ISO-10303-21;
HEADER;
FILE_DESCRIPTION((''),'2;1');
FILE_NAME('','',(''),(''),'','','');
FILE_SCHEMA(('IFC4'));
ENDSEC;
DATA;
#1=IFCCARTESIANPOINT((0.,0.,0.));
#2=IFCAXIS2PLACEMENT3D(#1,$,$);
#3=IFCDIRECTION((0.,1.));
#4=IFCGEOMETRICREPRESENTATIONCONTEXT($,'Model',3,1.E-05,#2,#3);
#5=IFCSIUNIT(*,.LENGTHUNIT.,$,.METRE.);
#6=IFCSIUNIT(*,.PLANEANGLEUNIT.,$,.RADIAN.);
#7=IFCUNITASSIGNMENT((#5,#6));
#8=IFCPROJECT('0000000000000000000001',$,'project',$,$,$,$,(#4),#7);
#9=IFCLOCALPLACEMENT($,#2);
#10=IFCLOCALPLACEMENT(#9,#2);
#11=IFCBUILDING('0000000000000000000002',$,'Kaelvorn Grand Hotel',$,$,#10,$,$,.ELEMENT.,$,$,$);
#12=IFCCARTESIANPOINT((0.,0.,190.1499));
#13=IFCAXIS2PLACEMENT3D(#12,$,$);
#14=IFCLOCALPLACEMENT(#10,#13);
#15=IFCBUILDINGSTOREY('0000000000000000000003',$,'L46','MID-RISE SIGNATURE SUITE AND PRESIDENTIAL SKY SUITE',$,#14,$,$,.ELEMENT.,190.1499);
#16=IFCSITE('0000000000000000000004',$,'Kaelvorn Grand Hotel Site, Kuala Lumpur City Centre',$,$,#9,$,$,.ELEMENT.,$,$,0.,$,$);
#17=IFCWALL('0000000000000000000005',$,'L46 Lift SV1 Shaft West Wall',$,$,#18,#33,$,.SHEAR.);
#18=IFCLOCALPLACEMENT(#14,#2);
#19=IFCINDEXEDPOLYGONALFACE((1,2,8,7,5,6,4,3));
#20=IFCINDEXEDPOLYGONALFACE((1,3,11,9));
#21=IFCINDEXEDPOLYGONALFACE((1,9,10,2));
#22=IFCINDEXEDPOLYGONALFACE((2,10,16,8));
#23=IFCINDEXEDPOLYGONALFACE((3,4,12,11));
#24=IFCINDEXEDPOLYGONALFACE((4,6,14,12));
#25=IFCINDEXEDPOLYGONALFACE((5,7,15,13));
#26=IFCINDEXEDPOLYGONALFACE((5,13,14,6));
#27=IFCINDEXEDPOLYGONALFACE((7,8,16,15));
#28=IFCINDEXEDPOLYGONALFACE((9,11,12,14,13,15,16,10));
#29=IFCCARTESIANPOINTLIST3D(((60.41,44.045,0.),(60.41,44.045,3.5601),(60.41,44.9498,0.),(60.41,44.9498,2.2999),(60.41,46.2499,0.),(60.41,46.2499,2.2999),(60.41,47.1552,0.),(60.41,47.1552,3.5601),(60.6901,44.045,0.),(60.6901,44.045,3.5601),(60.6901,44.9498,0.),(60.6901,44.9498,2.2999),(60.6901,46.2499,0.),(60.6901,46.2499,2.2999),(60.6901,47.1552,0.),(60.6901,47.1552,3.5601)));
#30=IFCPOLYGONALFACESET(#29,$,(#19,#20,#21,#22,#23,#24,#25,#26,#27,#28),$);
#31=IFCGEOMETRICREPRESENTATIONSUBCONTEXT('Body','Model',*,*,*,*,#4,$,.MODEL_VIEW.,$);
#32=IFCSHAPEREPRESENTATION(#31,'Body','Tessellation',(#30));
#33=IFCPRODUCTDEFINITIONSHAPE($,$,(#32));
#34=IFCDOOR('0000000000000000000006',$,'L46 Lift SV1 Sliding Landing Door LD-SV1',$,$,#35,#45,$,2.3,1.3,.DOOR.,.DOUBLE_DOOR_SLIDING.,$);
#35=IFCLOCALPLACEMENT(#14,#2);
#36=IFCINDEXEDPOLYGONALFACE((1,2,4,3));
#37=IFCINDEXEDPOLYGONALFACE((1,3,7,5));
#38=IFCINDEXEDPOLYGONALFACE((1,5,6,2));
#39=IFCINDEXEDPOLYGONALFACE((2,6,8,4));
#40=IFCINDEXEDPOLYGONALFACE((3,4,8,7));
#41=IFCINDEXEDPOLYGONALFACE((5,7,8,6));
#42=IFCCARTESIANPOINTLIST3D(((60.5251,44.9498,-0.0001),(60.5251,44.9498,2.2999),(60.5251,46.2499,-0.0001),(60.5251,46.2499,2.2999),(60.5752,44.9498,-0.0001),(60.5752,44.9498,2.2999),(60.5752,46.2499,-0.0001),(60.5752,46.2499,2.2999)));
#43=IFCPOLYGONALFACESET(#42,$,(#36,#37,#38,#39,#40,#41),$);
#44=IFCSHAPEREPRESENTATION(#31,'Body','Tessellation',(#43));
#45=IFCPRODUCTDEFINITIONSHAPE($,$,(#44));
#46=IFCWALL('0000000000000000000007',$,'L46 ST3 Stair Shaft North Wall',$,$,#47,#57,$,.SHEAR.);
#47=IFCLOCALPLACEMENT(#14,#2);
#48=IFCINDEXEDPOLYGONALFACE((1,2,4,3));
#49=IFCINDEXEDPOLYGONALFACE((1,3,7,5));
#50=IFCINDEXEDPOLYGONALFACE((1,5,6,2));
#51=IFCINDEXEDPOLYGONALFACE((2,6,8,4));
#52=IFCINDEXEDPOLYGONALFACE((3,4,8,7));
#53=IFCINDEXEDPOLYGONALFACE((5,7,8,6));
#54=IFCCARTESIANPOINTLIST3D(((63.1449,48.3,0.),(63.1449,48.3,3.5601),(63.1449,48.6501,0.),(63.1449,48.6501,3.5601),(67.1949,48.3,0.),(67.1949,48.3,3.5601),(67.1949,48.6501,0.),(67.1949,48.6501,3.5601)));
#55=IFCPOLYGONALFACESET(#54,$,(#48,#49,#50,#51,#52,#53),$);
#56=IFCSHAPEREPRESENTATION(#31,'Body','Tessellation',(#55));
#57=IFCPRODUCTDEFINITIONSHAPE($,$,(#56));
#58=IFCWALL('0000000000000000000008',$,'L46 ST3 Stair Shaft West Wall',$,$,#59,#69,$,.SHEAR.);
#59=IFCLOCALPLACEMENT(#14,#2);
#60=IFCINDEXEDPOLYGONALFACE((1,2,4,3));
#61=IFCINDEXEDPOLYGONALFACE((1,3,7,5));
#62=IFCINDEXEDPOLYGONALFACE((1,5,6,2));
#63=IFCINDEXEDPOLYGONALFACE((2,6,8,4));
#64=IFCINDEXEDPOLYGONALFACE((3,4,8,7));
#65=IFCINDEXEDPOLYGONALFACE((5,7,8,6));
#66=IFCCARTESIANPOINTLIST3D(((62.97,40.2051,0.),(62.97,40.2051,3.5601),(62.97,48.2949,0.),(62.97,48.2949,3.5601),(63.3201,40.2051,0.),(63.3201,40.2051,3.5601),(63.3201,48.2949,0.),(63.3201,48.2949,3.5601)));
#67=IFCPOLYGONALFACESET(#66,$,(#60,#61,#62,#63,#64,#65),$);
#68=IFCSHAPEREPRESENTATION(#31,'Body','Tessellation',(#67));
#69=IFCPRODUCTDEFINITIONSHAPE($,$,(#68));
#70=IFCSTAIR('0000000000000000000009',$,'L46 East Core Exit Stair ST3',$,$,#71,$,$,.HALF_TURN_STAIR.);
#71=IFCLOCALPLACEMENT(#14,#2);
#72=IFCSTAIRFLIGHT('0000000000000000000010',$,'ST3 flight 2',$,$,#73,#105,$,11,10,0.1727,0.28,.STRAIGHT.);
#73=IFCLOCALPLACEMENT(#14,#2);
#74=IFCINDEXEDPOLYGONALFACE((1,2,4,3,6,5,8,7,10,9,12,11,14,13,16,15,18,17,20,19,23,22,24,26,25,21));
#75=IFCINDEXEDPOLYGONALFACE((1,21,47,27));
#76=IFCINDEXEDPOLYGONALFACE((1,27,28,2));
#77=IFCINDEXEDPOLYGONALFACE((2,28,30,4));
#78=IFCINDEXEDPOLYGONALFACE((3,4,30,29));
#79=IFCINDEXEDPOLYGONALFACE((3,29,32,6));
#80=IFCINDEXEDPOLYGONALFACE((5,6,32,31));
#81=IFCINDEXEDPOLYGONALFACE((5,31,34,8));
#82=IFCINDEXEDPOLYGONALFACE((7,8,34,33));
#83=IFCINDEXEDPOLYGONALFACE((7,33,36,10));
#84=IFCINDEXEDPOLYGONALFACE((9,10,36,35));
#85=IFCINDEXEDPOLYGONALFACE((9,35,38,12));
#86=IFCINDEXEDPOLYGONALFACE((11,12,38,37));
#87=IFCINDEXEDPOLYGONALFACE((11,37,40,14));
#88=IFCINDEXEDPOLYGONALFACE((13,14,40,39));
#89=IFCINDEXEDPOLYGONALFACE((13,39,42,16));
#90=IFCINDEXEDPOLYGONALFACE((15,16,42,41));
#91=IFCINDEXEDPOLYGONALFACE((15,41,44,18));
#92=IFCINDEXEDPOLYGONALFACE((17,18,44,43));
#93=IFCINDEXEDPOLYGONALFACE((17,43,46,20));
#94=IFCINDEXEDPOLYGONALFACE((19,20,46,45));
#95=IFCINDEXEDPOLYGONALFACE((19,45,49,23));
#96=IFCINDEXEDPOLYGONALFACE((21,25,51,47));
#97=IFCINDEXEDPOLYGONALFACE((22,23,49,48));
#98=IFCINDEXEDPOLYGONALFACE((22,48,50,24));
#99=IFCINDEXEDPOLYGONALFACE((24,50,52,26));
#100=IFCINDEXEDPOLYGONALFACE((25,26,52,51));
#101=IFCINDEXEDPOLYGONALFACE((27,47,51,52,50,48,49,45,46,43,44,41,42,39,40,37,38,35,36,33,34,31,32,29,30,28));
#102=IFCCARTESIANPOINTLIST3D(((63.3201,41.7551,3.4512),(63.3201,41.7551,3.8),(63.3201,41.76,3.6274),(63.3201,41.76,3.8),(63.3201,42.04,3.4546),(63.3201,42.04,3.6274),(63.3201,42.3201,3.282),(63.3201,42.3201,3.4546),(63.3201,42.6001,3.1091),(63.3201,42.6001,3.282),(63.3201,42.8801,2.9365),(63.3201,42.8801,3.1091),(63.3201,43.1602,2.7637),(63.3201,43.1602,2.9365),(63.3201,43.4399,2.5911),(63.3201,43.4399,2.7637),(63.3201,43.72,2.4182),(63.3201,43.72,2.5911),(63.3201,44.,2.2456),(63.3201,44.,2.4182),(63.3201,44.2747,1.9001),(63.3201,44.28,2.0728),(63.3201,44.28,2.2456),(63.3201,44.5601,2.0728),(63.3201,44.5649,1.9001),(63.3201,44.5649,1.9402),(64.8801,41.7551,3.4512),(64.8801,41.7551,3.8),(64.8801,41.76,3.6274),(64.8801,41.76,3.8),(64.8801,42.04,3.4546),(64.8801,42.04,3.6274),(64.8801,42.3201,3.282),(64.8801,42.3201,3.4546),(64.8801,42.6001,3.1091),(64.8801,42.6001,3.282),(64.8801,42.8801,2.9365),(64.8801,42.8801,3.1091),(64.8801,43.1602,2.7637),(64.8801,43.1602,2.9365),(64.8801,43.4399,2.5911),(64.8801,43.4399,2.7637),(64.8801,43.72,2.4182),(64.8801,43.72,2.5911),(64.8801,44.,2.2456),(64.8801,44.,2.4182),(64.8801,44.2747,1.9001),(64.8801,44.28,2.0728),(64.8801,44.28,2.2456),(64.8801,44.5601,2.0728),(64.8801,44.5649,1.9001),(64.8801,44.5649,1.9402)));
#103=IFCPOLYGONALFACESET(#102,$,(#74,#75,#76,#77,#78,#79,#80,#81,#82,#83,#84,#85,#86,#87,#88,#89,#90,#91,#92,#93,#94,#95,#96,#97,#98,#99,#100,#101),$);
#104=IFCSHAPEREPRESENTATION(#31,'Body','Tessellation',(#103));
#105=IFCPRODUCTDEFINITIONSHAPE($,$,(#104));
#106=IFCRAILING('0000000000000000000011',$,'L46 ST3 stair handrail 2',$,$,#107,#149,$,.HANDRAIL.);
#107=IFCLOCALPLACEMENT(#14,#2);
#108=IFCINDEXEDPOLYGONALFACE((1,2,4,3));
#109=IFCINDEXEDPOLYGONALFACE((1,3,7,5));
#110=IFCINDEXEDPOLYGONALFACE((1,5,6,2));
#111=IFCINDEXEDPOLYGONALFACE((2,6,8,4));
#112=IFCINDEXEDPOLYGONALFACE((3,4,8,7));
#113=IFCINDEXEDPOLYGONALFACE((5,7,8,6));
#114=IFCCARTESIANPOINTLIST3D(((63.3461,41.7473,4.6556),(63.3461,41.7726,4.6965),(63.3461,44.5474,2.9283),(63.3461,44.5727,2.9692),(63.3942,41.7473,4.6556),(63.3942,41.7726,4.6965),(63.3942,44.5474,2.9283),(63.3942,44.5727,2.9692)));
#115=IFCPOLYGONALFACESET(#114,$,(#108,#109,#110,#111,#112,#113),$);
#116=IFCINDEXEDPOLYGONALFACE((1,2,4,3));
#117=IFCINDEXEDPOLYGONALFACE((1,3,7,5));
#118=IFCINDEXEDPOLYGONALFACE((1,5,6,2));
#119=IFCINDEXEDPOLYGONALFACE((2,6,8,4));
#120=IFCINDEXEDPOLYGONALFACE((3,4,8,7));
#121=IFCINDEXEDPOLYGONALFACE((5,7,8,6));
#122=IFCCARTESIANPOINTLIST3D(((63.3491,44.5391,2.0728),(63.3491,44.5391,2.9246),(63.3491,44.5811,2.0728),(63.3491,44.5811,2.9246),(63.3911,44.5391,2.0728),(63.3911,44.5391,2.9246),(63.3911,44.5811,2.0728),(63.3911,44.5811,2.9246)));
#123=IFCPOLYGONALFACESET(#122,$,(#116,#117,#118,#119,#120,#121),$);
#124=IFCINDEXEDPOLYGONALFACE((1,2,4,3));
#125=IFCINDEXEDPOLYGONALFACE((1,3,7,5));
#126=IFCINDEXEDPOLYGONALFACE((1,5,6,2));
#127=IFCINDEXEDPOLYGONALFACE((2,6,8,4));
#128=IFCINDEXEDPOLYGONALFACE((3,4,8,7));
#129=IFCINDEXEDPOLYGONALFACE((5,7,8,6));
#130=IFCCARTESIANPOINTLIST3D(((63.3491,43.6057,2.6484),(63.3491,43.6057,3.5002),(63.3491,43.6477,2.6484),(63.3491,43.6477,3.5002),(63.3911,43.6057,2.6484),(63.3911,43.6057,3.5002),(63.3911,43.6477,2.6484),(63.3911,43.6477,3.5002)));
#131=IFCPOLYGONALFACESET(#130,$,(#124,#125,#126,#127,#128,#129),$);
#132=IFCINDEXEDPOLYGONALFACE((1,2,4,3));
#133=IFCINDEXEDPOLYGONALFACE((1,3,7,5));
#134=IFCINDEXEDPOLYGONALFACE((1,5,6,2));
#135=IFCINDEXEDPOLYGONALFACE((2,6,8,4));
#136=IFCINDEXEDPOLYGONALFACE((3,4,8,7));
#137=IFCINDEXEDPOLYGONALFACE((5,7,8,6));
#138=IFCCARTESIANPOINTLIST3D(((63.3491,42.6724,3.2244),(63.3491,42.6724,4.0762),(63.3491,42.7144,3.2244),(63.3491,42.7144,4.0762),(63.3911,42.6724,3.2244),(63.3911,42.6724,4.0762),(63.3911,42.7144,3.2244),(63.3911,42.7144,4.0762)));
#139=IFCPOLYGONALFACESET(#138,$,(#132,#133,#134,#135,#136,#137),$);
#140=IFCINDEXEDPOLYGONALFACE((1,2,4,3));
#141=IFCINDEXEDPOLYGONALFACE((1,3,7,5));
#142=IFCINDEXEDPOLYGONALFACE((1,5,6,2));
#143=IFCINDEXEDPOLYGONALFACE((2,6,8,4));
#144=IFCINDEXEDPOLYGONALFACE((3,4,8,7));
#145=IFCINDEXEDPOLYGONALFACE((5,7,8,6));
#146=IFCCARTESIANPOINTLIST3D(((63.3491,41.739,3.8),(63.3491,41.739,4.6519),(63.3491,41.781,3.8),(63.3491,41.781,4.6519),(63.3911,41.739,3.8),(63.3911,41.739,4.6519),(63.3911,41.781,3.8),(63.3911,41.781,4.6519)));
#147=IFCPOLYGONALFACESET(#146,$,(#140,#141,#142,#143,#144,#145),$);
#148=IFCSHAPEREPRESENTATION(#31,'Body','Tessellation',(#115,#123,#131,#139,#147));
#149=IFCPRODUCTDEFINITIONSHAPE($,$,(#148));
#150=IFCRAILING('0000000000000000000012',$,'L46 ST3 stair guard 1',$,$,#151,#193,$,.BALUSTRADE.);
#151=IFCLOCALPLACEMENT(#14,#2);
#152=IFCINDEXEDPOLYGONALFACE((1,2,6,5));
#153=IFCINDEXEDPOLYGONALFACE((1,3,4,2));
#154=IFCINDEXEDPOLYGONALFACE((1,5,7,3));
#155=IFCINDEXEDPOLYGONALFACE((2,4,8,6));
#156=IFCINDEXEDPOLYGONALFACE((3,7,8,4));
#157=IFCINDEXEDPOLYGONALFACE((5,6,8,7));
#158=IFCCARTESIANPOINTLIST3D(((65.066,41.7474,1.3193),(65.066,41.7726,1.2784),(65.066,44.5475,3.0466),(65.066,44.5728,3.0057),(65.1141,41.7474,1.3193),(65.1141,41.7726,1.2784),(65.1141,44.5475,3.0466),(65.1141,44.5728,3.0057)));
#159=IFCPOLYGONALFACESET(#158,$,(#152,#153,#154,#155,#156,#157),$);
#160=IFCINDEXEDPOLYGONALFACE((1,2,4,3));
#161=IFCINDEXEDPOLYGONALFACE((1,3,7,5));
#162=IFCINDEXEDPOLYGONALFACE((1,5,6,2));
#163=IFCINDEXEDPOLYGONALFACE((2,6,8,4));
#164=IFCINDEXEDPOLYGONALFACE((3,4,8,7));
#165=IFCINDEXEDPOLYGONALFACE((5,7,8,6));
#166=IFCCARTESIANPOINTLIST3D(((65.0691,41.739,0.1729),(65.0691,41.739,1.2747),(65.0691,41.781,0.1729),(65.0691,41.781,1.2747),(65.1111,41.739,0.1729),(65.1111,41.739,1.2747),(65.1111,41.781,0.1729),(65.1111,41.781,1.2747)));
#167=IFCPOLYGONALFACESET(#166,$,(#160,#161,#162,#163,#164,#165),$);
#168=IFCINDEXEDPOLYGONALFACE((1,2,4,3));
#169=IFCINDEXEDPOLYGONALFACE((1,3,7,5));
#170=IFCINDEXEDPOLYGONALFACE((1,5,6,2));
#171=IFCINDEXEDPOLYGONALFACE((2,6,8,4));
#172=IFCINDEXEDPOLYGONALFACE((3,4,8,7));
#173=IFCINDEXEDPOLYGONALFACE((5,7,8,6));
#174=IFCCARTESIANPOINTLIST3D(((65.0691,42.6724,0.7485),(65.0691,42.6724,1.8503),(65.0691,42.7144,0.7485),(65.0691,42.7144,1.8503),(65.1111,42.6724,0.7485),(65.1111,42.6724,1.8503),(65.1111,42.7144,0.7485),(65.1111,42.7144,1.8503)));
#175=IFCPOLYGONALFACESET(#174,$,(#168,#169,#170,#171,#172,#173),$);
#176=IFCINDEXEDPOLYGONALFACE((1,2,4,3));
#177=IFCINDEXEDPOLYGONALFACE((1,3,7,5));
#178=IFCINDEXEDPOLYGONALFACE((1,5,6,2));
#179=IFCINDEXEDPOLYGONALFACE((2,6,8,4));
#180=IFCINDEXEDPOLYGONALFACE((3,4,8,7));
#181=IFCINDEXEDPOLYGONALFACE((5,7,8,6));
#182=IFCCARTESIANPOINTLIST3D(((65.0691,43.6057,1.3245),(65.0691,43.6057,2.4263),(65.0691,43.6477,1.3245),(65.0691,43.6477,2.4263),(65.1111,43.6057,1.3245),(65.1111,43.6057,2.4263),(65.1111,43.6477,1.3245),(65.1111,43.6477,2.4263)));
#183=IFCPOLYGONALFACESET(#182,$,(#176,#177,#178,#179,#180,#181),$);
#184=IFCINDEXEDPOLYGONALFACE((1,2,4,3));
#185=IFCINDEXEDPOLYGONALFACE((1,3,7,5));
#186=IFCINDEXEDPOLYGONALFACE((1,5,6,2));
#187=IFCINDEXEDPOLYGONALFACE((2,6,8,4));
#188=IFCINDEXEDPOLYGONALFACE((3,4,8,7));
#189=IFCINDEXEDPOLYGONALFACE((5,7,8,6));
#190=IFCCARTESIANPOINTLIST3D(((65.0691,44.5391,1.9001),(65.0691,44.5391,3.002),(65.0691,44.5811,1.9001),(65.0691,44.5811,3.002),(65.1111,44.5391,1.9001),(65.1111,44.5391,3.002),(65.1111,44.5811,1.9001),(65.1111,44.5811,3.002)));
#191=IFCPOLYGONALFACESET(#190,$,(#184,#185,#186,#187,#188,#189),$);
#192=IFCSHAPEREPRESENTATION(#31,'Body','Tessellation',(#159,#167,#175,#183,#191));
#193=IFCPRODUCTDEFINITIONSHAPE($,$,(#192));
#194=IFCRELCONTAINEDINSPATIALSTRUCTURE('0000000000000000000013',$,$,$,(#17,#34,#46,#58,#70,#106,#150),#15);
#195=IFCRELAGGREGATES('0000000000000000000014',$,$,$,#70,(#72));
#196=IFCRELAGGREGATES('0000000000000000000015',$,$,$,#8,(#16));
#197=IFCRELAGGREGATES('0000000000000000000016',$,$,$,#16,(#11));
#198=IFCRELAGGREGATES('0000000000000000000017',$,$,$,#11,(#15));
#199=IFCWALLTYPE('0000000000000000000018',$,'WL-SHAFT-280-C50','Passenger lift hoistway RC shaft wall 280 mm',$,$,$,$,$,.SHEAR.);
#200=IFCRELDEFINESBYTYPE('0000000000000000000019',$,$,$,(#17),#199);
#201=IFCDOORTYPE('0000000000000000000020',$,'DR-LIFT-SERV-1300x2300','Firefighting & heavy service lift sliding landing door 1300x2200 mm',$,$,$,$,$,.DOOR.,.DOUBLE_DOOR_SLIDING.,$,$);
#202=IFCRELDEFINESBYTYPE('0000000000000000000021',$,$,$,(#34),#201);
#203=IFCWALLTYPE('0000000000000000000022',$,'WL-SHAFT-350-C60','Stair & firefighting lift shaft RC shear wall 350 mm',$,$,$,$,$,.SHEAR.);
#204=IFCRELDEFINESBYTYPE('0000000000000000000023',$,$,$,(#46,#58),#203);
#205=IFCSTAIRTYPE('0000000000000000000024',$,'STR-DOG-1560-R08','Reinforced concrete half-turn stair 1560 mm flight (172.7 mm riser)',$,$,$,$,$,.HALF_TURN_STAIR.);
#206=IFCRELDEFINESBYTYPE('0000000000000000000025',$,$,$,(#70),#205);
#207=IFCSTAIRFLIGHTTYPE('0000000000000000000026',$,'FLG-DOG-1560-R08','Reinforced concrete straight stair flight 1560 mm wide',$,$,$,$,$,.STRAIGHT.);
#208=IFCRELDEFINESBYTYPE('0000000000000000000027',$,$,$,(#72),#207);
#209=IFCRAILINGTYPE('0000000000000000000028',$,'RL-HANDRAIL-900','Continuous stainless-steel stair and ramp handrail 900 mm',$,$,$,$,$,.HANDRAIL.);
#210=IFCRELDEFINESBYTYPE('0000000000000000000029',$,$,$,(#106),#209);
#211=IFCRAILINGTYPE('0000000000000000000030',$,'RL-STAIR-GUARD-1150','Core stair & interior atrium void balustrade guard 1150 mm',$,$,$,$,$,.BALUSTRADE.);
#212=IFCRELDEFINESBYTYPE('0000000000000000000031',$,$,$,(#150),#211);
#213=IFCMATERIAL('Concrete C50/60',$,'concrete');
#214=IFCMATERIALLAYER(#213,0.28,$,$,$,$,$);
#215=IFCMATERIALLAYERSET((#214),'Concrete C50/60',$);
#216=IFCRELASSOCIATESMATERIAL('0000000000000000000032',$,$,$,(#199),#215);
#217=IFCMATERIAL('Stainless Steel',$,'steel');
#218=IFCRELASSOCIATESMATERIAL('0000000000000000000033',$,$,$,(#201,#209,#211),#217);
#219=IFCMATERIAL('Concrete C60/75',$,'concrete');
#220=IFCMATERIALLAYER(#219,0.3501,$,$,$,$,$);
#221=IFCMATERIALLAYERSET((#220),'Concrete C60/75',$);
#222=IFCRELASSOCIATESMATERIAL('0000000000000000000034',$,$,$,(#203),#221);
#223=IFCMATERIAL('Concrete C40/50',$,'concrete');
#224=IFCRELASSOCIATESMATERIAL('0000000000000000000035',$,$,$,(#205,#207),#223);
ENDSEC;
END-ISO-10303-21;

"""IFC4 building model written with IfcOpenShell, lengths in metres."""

from ifc_helpers import new_model, si_unit, direction, frame, frame_2d, origin, origin_2d, place, context, subcontext, project, spatial, polyline, rectangle, outline, extrude, material, layer, layer_set, type_object, element, fill, aggregate, save


model = new_model("IFC4")

# Units and contexts
model_context = context("Model", 3, precision=1e-05, world=origin(), true_north=direction((0.0, 1.0)))
body_context = subcontext(model_context, "Body", "Model", "MODEL_VIEW")
ifc_project = project(units=[si_unit("LENGTHUNIT", "METRE"), si_unit("PLANEANGLEUNIT", "RADIAN")], contexts=[model_context])

# Site, building, storey
site_placement = place(None, origin())
site = spatial("IfcSite", under=ifc_project, at=site_placement, Name="Kaelvorn Grand Hotel Site, Kuala Lumpur City Centre", CompositionType="ELEMENT", RefElevation=0.0)
building_placement = place(site_placement, origin())
building = spatial("IfcBuilding", under=site, at=building_placement, Name="Kaelvorn Grand Hotel", CompositionType="ELEMENT")
storey_placement = place(building_placement, frame((0.0, 0.0, 190.1499)))
storey = spatial("IfcBuildingStorey", under=building, at=storey_placement, Name="L46", Description="MID-RISE SIGNATURE SUITE AND PRESIDENTIAL SKY SUITE", CompositionType="ELEMENT", Elevation=190.1499)

# Shared definitions
ifc_material_1 = material(Name="Concrete C60/75", Category="concrete")

# Shared definitions
ifc_material_2 = material(Name="Concrete C50/60", Category="concrete")

# Shared definitions
ifc_material_3 = material(Name="Concrete C40/50", Category="concrete")

# Shared definitions
ifc_layer_1 = layer(ifc_material_2, 0.28)
ifc_layer_set_1 = layer_set([ifc_layer_1], Name="Concrete C50/60")
wall_type_1 = type_object("IfcWallType", Name="WL-SHAFT-280-C50", Description="Passenger lift hoistway RC shaft wall 280 mm", PredefinedType="SHEAR", material=ifc_layer_set_1)

# Shared definitions
ifc_material_4 = material(Name="Stainless Steel", Category="steel")
door_type_1 = type_object("IfcDoorType", Name="DR-LIFT-SERV-1300x2300", Description="Firefighting & heavy service lift sliding landing door 1300x2200 mm", OperationType="DOUBLE_DOOR_SLIDING", PredefinedType="DOOR", material=ifc_material_4)

# Wall, opening, door
wall_1_placement = place(storey_placement, frame((60.55, 44.0449, 0.0), z_axis=(0.0, 0.0, 1.0), x_axis=(0.0, 1.0, 0.0)))
wall_1 = element("IfcWall", 1, at=wall_1_placement, inside=storey, type_object=wall_type_1, Name="L46 Lift SV1 Shaft West Wall", PredefinedType="SHEAR", context=body_context, shape_type="SweptSolid", body=[
    extrude(rectangle(XDim=3.1101, YDim=0.28, at=frame_2d((1.5552, 0.0))), origin(), (0.0, 0.0, 1.0), 3.5601),
])
opening_1_placement = place(wall_1_placement, frame((0.905, 0.0, 0.0)))
opening_1 = element("IfcOpeningElement", 2, at=opening_1_placement, cuts=wall_1, PredefinedType="OPENING", context=body_context, shape_type="SweptSolid", body=[
    extrude(rectangle(XDim=1.3, YDim=2.3, at=frame_2d((0.6499, 1.1499))), frame((0.0, 0.1499, 0.0), z_axis=(0.0, -1.0, 0.0), x_axis=(1.0, 0.0, 0.0)), (0.0, 0.0, 1.0), 0.3),
])
door_1_placement = place(opening_1_placement, origin())
door_1 = element("IfcDoor", 3, at=door_1_placement, inside=storey, type_object=door_type_1, Name="L46 Lift SV1 Sliding Landing Door LD-SV1", OperationType="DOUBLE_DOOR_SLIDING", OverallHeight=2.3, OverallWidth=1.3, PredefinedType="DOOR", context=body_context, shape_type="SweptSolid", body=[
    extrude(rectangle(XDim=1.3, YDim=2.3, at=frame_2d((0.6499, 1.1499))), frame((0.0, 0.0249, 0.0), z_axis=(0.0, -1.0, 0.0), x_axis=(1.0, 0.0, 0.0)), (0.0, 0.0, 1.0), 0.05),
])
fill(opening_1, door_1)
ifc_layer_2 = layer(ifc_material_1, 0.3501)
ifc_layer_set_2 = layer_set([ifc_layer_2], Name="Concrete C60/75")
wall_type_2 = type_object("IfcWallType", Name="WL-SHAFT-350-C60", Description="Stair & firefighting lift shaft RC shear wall 350 mm", PredefinedType="SHEAR", material=ifc_layer_set_2)

# Walls
wall_2_placement = place(storey_placement, frame((63.145, 48.4751, 0.0), z_axis=(0.0, 0.0, 1.0), x_axis=(1.0, 0.0, 0.0)))
element("IfcWall", 4, at=wall_2_placement, inside=storey, type_object=wall_type_2, Name="L46 ST3 Stair Shaft North Wall", PredefinedType="SHEAR", context=body_context, shape_type="SweptSolid", body=[
    extrude(rectangle(XDim=4.05, YDim=0.3501, at=frame_2d((2.0249, 0.0))), origin(), (0.0, 0.0, 1.0), 3.5601),
])
wall_3_placement = place(storey_placement, frame((63.145, 40.2051, 0.0), z_axis=(0.0, 0.0, 1.0), x_axis=(0.0, 1.0, 0.0)))
element("IfcWall", 5, at=wall_3_placement, inside=storey, type_object=wall_type_2, Name="L46 ST3 Stair Shaft West Wall", PredefinedType="SHEAR", context=body_context, shape_type="SweptSolid", body=[
    extrude(rectangle(XDim=8.0898, YDim=0.3501, at=frame_2d((4.0449, 0.0))), origin(), (0.0, 0.0, 1.0), 3.5601),
])

# Stair, stair flight
stair_type = type_object("IfcStairType", Name="STR-DOG-1560-R08", Description="Reinforced concrete half-turn stair 1560 mm flight (172.7 mm riser)", PredefinedType="HALF_TURN_STAIR", material=ifc_material_3)
stair_placement = place(storey_placement, origin())
stair = element("IfcStair", 6, at=stair_placement, inside=storey, type_object=stair_type, Name="L46 East Core Exit Stair ST3", PredefinedType="HALF_TURN_STAIR")
stair_flight_type = type_object("IfcStairFlightType", Name="FLG-DOG-1560-R08", Description="Reinforced concrete straight stair flight 1560 mm wide", PredefinedType="STRAIGHT", material=ifc_material_3)
stair_flight_placement = place(storey_placement, frame((64.1001, 44.5601, 1.9001), z_axis=(0.0, 0.0, 1.0), x_axis=(0.0, -1.0, 0.0)))
stair_flight = element("IfcStairFlight", 7, at=stair_flight_placement, type_object=stair_flight_type, Name="ST3 flight 2", NumberOfRisers=11, NumberOfTreads=10, PredefinedType="STRAIGHT", RiserHeight=0.1727, TreadLength=0.28, context=body_context, shape_type="SweptSolid", body=[
    extrude(outline(polyline([(-0.0049, 0.0), (-0.0049, 0.04), (0.0, 0.1726), (0.28, 0.1726), (0.28, 0.3455), (0.5601, 0.3455), (0.5601, 0.5181), (0.8401, 0.5181), (0.8401, 0.6909), (1.1201, 0.6909), (1.1201, 0.8635), (1.3999, 0.8635), (1.3999, 1.0364), (1.6799, 1.0364), (1.6799, 1.209), (1.96, 1.209), (1.96, 1.3818), (2.24, 1.3818), (2.24, 1.5544), (2.52, 1.5544), (2.52, 1.7273), (2.8, 1.7273), (2.8, 1.8999), (2.8049, 1.8999), (2.8049, 1.551), (0.2854, 0.0), (-0.0049, 0.0)])), frame((0.0, 0.78, 0.0), z_axis=(0.0, -1.0, 0.0), x_axis=(1.0, 0.0, 0.0)), (0.0, 0.0, 1.0), 1.5601),
])
aggregate(stair, [stair_flight])

# Railings
railing_type_1 = type_object("IfcRailingType", Name="RL-HANDRAIL-900", Description="Continuous stainless-steel stair and ramp handrail 900 mm", PredefinedType="HANDRAIL", material=ifc_material_4)
railing_1_placement = place(storey_placement, frame((63.3701, 44.5601, 2.0728)))
element("IfcRailing", 8, at=railing_1_placement, inside=storey, type_object=railing_type_1, Name="L46 ST3 stair handrail 2", PredefinedType="HANDRAIL", context=body_context, shape_type="SweptSolid", body=[
    extrude(rectangle(XDim=0.0481, YDim=0.0481, at=origin_2d()), frame((0.0, 0.0, 0.876), z_axis=(0.0, -0.85109, 0.52502), x_axis=(1.0, 0.0, 0.0)), (0.0, 0.0, 1.0), 3.29),
    extrude(rectangle(XDim=0.042, YDim=0.042, at=origin_2d()), origin(), (0.0, 0.0, 1.0), 0.8518),
    extrude(rectangle(XDim=0.042, YDim=0.042, at=origin_2d()), frame((0.0, -0.9333, 0.5757)), (0.0, 0.0, 1.0), 0.8518),
    extrude(rectangle(XDim=0.042, YDim=0.042, at=origin_2d()), frame((0.0, -1.8667, 1.1516)), (0.0, 0.0, 1.0), 0.8518),
    extrude(rectangle(XDim=0.042, YDim=0.042, at=origin_2d()), frame((0.0, -2.8, 1.7273)), (0.0, 0.0, 1.0), 0.8518),
])
railing_type_2 = type_object("IfcRailingType", Name="RL-STAIR-GUARD-1150", Description="Core stair & interior atrium void balustrade guard 1150 mm", PredefinedType="BALUSTRADE", material=ifc_material_4)
railing_2_placement = place(storey_placement, frame((65.0901, 41.76, 0.1729)))
element("IfcRailing", 9, at=railing_2_placement, inside=storey, type_object=railing_type_2, Name="L46 ST3 stair guard 1", PredefinedType="BALUSTRADE", context=body_context, shape_type="SweptSolid", body=[
    extrude(rectangle(XDim=0.0481, YDim=0.0481, at=origin_2d()), frame((0.0, 0.0, 1.126), z_axis=(0.0, 0.85109, 0.52502), x_axis=(-1.0, 0.0, 0.0)), (0.0, 0.0, 1.0), 3.29),
    extrude(rectangle(XDim=0.042, YDim=0.042, at=origin_2d()), origin(), (0.0, 0.0, 1.0), 1.1018),
    extrude(rectangle(XDim=0.042, YDim=0.042, at=origin_2d()), frame((0.0, 0.9333, 0.5757)), (0.0, 0.0, 1.0), 1.1018),
    extrude(rectangle(XDim=0.042, YDim=0.042, at=origin_2d()), frame((0.0, 1.8667, 1.1516)), (0.0, 0.0, 1.0), 1.1018),
    extrude(rectangle(XDim=0.042, YDim=0.042, at=origin_2d()), frame((0.0, 2.8, 1.7273)), (0.0, 0.0, 1.0), 1.1018),
])

save(model, "model.ifc")
